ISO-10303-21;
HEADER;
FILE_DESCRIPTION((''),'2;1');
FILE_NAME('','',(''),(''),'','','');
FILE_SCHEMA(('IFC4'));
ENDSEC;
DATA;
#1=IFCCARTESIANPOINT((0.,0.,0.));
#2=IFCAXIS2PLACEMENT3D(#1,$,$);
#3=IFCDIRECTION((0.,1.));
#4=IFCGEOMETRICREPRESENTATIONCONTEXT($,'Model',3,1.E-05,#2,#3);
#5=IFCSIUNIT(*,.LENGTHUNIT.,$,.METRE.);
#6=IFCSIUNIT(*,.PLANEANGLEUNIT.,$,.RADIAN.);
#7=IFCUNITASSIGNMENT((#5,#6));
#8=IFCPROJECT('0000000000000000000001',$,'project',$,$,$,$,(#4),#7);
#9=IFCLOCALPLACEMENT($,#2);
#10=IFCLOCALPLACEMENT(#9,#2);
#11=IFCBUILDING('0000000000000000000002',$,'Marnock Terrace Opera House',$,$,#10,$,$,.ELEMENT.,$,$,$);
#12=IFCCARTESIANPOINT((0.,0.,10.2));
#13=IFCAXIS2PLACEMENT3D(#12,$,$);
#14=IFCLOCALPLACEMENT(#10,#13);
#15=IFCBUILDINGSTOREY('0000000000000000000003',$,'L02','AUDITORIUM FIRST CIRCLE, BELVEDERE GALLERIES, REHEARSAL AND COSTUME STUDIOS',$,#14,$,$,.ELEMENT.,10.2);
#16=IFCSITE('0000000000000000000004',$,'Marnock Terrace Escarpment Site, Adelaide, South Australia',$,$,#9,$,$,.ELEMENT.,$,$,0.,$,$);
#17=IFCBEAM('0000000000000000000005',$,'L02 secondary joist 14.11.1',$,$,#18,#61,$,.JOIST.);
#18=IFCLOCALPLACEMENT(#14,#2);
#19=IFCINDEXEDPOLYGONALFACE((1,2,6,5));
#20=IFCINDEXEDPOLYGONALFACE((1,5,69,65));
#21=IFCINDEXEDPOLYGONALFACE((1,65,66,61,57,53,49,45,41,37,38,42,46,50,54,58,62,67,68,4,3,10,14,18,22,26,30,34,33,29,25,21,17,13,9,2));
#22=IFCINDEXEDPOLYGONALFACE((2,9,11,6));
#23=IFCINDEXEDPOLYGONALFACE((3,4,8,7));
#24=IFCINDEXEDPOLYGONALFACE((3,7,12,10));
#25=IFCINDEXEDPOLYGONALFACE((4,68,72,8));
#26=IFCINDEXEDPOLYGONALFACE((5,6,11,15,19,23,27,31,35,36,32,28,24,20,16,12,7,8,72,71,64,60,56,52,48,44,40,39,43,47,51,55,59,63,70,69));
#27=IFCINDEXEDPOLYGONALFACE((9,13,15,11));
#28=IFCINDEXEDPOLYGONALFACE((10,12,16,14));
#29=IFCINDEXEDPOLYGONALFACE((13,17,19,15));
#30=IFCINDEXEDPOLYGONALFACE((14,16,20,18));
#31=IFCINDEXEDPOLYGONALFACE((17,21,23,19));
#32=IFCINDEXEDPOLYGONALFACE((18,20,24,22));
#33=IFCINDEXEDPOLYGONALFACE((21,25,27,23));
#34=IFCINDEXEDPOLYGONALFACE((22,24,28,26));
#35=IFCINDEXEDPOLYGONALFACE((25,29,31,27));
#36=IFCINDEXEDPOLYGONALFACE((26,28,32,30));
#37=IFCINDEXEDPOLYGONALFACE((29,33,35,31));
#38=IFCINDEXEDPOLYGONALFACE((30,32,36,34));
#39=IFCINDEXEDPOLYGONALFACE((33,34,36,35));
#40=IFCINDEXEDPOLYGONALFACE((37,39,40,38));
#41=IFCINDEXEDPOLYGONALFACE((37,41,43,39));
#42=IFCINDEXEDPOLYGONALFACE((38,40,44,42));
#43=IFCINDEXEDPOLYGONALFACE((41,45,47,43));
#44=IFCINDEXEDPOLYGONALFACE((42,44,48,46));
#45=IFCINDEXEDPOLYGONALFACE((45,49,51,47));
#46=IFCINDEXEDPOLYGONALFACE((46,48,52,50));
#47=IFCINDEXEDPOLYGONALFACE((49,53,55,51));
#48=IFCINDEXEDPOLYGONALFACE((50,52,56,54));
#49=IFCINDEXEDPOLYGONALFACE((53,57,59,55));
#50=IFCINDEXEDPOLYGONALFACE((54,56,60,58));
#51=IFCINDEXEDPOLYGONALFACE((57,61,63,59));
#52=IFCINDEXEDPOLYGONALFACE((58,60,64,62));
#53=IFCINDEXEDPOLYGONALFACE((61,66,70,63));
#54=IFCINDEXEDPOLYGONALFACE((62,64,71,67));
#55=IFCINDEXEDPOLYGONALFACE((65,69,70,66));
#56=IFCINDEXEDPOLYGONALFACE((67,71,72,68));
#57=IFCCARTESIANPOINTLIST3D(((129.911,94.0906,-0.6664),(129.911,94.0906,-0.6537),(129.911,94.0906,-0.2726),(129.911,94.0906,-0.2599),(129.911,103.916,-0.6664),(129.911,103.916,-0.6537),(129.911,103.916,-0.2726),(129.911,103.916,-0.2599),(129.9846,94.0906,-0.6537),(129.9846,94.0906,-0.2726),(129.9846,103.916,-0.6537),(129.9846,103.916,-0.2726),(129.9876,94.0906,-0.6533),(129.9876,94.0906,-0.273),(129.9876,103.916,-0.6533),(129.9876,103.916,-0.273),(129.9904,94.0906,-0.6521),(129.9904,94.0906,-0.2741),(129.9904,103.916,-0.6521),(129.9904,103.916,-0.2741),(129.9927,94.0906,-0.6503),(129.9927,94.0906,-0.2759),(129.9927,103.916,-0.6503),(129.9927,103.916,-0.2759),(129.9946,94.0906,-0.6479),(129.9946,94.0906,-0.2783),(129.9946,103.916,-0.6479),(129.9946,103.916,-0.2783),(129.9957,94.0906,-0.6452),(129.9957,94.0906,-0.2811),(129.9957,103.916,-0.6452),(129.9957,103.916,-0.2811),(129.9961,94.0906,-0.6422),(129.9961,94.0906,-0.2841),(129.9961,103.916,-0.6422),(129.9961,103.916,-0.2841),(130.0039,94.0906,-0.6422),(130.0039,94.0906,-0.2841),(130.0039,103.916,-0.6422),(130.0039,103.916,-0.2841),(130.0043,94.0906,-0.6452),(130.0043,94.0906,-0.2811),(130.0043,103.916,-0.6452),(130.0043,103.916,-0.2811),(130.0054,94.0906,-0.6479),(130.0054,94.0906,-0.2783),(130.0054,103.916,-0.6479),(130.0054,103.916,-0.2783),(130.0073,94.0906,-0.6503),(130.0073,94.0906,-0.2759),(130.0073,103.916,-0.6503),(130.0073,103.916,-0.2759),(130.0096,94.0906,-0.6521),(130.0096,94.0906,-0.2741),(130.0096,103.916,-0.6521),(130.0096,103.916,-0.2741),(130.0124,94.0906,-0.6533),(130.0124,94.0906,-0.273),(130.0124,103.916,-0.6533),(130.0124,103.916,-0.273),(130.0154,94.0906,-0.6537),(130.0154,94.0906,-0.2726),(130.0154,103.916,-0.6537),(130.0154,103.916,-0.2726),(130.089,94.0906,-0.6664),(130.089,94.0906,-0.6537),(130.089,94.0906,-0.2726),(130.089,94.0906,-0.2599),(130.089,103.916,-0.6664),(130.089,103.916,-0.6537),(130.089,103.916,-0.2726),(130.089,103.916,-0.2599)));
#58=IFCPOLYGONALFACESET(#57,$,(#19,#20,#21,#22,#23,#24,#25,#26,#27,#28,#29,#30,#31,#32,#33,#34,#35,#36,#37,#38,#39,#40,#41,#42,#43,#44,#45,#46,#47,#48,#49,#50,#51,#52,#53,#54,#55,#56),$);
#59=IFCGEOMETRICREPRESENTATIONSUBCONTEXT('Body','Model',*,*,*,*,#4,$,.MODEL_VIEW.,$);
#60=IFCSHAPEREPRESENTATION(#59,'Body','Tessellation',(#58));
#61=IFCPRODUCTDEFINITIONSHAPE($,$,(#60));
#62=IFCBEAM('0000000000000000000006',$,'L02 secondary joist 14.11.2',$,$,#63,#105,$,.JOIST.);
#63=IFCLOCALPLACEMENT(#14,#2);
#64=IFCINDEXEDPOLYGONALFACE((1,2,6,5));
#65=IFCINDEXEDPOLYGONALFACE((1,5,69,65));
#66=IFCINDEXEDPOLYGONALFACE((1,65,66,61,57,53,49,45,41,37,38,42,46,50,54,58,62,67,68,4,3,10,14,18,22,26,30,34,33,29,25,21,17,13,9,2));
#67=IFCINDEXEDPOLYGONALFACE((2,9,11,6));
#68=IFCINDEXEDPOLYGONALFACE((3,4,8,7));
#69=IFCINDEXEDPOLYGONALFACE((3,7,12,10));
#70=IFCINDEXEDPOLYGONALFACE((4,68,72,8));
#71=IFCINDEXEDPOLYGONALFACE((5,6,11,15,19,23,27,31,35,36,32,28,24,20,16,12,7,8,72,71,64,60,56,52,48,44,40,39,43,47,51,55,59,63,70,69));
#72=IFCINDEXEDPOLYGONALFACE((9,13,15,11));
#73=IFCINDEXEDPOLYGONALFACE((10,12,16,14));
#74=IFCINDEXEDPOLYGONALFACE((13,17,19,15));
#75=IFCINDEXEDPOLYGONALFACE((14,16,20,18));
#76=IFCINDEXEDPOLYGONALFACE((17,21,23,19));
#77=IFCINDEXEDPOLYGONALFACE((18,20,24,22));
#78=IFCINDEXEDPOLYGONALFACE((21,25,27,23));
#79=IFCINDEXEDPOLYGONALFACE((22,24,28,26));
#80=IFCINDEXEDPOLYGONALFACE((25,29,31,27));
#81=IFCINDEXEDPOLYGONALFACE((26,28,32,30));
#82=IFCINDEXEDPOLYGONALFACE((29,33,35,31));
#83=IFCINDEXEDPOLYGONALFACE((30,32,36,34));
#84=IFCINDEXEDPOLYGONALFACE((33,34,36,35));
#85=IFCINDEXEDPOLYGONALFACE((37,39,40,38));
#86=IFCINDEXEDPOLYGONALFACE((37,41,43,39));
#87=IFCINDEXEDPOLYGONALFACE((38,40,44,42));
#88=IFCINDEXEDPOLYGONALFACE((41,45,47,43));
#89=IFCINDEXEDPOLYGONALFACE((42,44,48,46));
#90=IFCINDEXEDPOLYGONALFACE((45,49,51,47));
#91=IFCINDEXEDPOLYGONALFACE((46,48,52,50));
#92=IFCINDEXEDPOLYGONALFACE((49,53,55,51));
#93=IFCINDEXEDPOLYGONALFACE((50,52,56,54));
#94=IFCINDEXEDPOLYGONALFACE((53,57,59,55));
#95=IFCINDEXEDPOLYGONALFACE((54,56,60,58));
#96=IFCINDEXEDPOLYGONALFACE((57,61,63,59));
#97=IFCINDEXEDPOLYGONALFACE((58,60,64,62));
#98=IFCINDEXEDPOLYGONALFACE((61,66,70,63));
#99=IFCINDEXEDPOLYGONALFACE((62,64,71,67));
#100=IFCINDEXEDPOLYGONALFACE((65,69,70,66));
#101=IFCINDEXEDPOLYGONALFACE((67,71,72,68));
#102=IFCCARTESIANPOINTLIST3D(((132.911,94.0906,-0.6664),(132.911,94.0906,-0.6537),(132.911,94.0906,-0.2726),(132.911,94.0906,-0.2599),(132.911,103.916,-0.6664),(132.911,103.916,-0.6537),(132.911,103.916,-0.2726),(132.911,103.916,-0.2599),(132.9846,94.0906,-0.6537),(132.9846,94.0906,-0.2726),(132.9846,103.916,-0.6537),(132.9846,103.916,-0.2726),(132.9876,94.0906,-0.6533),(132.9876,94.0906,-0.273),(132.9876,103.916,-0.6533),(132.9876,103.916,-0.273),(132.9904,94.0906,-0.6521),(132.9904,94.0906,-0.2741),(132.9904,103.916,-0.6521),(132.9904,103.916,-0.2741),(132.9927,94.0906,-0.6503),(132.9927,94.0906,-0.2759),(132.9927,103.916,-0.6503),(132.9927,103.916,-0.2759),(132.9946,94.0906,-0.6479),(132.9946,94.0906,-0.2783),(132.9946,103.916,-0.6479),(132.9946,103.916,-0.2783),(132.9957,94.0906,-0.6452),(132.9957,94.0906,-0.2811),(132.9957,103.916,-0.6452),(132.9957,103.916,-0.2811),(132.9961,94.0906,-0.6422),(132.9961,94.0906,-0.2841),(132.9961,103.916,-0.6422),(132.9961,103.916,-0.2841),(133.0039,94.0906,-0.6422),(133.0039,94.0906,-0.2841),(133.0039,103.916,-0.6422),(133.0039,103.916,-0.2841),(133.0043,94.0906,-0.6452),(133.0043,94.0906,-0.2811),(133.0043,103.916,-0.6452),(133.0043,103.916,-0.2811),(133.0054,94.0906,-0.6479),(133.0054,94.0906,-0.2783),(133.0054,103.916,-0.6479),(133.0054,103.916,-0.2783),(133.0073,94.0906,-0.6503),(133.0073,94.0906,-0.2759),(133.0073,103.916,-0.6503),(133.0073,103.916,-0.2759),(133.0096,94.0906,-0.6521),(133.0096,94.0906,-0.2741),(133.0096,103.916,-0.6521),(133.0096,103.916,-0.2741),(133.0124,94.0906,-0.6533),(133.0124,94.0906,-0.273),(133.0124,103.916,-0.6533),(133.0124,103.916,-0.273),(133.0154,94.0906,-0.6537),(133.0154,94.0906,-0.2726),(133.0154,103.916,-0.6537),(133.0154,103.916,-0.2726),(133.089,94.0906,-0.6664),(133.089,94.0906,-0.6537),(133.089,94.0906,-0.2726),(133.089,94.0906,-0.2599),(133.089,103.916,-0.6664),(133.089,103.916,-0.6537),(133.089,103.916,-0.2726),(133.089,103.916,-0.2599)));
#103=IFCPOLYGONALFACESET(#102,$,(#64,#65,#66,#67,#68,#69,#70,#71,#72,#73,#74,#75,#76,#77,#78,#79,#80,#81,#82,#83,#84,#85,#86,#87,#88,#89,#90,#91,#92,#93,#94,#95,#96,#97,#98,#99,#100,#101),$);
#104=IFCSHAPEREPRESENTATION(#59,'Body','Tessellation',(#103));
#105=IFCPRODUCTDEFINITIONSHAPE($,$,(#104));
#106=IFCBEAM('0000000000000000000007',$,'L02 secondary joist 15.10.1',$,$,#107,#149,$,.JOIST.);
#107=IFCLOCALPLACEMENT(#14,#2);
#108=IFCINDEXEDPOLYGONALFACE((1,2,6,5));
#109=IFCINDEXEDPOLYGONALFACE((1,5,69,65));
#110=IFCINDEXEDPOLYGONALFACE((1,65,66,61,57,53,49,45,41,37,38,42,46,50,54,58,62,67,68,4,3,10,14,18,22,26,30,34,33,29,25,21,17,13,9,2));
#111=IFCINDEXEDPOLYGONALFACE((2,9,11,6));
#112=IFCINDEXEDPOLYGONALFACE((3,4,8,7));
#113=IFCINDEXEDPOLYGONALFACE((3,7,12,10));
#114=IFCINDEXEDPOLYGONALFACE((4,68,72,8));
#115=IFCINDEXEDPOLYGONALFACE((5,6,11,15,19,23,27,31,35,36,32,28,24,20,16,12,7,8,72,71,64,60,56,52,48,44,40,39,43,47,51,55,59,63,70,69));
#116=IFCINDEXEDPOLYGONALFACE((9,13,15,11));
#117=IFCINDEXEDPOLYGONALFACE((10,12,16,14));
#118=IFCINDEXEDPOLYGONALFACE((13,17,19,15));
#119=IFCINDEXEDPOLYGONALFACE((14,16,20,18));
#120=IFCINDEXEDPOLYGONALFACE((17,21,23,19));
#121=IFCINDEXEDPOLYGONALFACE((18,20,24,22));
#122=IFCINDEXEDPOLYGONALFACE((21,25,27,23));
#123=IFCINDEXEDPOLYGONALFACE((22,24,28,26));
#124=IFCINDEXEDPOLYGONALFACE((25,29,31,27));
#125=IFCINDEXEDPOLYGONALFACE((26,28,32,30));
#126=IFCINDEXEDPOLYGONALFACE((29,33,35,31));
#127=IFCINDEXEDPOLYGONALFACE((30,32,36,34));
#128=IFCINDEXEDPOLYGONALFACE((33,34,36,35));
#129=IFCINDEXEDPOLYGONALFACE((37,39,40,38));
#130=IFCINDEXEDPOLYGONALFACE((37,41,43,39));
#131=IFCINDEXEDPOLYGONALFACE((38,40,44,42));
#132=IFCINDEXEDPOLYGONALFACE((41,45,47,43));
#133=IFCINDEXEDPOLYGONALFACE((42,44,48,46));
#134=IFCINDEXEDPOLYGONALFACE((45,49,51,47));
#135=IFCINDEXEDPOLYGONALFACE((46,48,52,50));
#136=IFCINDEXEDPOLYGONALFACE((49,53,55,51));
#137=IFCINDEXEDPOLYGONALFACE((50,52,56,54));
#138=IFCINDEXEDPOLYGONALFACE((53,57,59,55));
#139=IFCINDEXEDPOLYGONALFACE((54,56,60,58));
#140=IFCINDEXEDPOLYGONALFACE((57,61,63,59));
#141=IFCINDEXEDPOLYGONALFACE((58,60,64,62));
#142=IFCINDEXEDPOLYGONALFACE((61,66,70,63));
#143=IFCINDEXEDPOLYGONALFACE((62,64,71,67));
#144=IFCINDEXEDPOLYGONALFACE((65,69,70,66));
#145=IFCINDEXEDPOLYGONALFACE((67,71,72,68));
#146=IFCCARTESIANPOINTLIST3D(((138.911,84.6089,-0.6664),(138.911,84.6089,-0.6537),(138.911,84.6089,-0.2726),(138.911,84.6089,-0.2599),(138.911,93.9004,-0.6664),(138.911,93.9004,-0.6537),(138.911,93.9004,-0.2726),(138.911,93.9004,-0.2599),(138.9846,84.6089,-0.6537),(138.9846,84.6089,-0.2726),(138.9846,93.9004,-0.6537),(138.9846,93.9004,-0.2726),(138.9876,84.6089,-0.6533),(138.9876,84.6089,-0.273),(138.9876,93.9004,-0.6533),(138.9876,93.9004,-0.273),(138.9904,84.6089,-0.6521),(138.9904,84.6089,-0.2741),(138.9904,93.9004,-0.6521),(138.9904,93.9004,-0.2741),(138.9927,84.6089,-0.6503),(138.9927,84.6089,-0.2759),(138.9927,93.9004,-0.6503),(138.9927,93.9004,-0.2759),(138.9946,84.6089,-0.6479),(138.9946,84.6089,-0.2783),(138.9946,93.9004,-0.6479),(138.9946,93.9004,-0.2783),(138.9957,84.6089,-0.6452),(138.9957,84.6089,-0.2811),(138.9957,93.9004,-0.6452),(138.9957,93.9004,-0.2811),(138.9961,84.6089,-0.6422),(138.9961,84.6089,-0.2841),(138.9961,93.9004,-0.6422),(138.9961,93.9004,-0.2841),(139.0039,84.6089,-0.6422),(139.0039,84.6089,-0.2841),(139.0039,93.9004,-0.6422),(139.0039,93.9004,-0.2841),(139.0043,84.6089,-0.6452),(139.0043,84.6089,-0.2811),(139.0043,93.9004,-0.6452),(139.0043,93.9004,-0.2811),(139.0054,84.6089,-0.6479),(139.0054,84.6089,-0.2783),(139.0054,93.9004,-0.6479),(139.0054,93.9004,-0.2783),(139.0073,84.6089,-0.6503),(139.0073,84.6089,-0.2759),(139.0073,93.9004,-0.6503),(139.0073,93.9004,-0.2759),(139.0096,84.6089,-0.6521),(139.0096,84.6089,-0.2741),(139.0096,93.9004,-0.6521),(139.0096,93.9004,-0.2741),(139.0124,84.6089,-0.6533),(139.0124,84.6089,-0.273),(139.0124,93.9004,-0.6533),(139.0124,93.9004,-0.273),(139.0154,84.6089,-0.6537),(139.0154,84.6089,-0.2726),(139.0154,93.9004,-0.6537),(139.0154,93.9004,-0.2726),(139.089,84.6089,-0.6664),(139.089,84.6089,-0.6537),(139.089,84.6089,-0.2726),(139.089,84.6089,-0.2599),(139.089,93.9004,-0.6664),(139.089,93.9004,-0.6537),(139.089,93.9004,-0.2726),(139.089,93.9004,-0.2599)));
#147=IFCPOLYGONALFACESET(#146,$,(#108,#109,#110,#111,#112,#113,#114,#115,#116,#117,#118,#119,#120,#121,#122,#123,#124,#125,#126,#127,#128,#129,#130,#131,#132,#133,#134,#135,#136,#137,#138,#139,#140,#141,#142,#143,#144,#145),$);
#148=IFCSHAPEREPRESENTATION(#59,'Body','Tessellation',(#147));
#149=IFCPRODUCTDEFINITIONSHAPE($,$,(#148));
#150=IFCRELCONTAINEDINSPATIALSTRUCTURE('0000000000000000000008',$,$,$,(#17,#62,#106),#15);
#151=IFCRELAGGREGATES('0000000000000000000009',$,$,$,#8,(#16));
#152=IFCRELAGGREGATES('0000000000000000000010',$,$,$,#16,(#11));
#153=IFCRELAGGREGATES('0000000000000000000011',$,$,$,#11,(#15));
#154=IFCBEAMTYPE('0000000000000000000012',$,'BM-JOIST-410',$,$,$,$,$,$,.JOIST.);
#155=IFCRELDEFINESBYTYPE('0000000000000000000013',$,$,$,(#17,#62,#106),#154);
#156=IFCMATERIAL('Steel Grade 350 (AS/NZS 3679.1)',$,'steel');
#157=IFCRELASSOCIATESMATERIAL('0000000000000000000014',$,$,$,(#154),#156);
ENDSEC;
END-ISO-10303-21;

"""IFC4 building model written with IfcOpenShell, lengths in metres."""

from ifc_helpers import new_model, si_unit, direction, frame, origin, origin_2d, place, context, subcontext, project, spatial, i_section, extrude, material, material_profile, profile_set, type_object, element, save


model = new_model("IFC4")

# Units and contexts
model_context = context("Model", 3, precision=1e-05, world=origin(), true_north=direction((0.0, 1.0)))
body_context = subcontext(model_context, "Body", "Model", "MODEL_VIEW")
ifc_project = project(units=[si_unit("LENGTHUNIT", "METRE"), si_unit("PLANEANGLEUNIT", "RADIAN")], contexts=[model_context])

# Site, building, storey
site_placement = place(None, origin())
site = spatial("IfcSite", under=ifc_project, at=site_placement, Name="Marnock Terrace Escarpment Site, Adelaide, South Australia", CompositionType="ELEMENT", RefElevation=0.0)
building_placement = place(site_placement, origin())
building = spatial("IfcBuilding", under=site, at=building_placement, Name="Marnock Terrace Opera House", CompositionType="ELEMENT")
storey_placement = place(building_placement, frame((0.0, 0.0, 10.2)))
storey = spatial("IfcBuildingStorey", under=building, at=storey_placement, Name="L02", Description="AUDITORIUM FIRST CIRCLE, BELVEDERE GALLERIES, REHEARSAL AND COSTUME STUDIOS", CompositionType="ELEMENT", Elevation=10.2)

# Beams
ifc_material_1 = material(Name="Steel Grade 350 (AS/NZS 3679.1)", Category="steel")
ifc_material_profile_1 = material_profile(ifc_material_1, i_section(OverallWidth=0.178, OverallDepth=0.4065, WebThickness=0.0078, FlangeThickness=0.0127, FilletRadius=0.0115, at=origin_2d()))
ifc_profile_set_1 = profile_set([ifc_material_profile_1], Name="Steel Grade 350 (AS/NZS 3679.1)")
beam_type_1 = type_object("IfcBeamType", Name="BM-JOIST-410", PredefinedType="JOIST", material=ifc_profile_set_1)
for number, where, z_axis, x_axis, name in (
    (1, (130.0, 94.0906, -0.4631), (0.0, 1.0, 0.0), (-1.0, 0.0, 0.0), "L02 secondary joist 14.11.1"),
    (2, (133.0, 94.0906, -0.4631), (0.0, 1.0, 0.0), (-1.0, 0.0, 0.0), "L02 secondary joist 14.11.2"),
):
    element("IfcBeam", number, at=place(storey_placement, frame(where, z_axis=z_axis, x_axis=x_axis)), inside=storey, type_object=beam_type_1, Name=name, PredefinedType="JOIST", context=body_context, shape_type="SweptSolid", body=[
        extrude(i_section(OverallWidth=0.178, OverallDepth=0.4065, WebThickness=0.0078, FlangeThickness=0.0127, FilletRadius=0.0115, at=origin_2d()), origin(), (0.0, 0.0, 1.0), 9.8254),
    ])
beam_1_placement = place(storey_placement, frame((139.0, 84.6089, -0.4631), z_axis=(0.0, 1.0, 0.0), x_axis=(-1.0, 0.0, 0.0)))
element("IfcBeam", 3, at=beam_1_placement, inside=storey, type_object=beam_type_1, Name="L02 secondary joist 15.10.1", PredefinedType="JOIST", context=body_context, shape_type="SweptSolid", body=[
    extrude(i_section(OverallWidth=0.178, OverallDepth=0.4065, WebThickness=0.0078, FlangeThickness=0.0127, FilletRadius=0.0115, at=origin_2d()), origin(), (0.0, 0.0, 1.0), 9.2915),
])

save(model, "model.ifc")
